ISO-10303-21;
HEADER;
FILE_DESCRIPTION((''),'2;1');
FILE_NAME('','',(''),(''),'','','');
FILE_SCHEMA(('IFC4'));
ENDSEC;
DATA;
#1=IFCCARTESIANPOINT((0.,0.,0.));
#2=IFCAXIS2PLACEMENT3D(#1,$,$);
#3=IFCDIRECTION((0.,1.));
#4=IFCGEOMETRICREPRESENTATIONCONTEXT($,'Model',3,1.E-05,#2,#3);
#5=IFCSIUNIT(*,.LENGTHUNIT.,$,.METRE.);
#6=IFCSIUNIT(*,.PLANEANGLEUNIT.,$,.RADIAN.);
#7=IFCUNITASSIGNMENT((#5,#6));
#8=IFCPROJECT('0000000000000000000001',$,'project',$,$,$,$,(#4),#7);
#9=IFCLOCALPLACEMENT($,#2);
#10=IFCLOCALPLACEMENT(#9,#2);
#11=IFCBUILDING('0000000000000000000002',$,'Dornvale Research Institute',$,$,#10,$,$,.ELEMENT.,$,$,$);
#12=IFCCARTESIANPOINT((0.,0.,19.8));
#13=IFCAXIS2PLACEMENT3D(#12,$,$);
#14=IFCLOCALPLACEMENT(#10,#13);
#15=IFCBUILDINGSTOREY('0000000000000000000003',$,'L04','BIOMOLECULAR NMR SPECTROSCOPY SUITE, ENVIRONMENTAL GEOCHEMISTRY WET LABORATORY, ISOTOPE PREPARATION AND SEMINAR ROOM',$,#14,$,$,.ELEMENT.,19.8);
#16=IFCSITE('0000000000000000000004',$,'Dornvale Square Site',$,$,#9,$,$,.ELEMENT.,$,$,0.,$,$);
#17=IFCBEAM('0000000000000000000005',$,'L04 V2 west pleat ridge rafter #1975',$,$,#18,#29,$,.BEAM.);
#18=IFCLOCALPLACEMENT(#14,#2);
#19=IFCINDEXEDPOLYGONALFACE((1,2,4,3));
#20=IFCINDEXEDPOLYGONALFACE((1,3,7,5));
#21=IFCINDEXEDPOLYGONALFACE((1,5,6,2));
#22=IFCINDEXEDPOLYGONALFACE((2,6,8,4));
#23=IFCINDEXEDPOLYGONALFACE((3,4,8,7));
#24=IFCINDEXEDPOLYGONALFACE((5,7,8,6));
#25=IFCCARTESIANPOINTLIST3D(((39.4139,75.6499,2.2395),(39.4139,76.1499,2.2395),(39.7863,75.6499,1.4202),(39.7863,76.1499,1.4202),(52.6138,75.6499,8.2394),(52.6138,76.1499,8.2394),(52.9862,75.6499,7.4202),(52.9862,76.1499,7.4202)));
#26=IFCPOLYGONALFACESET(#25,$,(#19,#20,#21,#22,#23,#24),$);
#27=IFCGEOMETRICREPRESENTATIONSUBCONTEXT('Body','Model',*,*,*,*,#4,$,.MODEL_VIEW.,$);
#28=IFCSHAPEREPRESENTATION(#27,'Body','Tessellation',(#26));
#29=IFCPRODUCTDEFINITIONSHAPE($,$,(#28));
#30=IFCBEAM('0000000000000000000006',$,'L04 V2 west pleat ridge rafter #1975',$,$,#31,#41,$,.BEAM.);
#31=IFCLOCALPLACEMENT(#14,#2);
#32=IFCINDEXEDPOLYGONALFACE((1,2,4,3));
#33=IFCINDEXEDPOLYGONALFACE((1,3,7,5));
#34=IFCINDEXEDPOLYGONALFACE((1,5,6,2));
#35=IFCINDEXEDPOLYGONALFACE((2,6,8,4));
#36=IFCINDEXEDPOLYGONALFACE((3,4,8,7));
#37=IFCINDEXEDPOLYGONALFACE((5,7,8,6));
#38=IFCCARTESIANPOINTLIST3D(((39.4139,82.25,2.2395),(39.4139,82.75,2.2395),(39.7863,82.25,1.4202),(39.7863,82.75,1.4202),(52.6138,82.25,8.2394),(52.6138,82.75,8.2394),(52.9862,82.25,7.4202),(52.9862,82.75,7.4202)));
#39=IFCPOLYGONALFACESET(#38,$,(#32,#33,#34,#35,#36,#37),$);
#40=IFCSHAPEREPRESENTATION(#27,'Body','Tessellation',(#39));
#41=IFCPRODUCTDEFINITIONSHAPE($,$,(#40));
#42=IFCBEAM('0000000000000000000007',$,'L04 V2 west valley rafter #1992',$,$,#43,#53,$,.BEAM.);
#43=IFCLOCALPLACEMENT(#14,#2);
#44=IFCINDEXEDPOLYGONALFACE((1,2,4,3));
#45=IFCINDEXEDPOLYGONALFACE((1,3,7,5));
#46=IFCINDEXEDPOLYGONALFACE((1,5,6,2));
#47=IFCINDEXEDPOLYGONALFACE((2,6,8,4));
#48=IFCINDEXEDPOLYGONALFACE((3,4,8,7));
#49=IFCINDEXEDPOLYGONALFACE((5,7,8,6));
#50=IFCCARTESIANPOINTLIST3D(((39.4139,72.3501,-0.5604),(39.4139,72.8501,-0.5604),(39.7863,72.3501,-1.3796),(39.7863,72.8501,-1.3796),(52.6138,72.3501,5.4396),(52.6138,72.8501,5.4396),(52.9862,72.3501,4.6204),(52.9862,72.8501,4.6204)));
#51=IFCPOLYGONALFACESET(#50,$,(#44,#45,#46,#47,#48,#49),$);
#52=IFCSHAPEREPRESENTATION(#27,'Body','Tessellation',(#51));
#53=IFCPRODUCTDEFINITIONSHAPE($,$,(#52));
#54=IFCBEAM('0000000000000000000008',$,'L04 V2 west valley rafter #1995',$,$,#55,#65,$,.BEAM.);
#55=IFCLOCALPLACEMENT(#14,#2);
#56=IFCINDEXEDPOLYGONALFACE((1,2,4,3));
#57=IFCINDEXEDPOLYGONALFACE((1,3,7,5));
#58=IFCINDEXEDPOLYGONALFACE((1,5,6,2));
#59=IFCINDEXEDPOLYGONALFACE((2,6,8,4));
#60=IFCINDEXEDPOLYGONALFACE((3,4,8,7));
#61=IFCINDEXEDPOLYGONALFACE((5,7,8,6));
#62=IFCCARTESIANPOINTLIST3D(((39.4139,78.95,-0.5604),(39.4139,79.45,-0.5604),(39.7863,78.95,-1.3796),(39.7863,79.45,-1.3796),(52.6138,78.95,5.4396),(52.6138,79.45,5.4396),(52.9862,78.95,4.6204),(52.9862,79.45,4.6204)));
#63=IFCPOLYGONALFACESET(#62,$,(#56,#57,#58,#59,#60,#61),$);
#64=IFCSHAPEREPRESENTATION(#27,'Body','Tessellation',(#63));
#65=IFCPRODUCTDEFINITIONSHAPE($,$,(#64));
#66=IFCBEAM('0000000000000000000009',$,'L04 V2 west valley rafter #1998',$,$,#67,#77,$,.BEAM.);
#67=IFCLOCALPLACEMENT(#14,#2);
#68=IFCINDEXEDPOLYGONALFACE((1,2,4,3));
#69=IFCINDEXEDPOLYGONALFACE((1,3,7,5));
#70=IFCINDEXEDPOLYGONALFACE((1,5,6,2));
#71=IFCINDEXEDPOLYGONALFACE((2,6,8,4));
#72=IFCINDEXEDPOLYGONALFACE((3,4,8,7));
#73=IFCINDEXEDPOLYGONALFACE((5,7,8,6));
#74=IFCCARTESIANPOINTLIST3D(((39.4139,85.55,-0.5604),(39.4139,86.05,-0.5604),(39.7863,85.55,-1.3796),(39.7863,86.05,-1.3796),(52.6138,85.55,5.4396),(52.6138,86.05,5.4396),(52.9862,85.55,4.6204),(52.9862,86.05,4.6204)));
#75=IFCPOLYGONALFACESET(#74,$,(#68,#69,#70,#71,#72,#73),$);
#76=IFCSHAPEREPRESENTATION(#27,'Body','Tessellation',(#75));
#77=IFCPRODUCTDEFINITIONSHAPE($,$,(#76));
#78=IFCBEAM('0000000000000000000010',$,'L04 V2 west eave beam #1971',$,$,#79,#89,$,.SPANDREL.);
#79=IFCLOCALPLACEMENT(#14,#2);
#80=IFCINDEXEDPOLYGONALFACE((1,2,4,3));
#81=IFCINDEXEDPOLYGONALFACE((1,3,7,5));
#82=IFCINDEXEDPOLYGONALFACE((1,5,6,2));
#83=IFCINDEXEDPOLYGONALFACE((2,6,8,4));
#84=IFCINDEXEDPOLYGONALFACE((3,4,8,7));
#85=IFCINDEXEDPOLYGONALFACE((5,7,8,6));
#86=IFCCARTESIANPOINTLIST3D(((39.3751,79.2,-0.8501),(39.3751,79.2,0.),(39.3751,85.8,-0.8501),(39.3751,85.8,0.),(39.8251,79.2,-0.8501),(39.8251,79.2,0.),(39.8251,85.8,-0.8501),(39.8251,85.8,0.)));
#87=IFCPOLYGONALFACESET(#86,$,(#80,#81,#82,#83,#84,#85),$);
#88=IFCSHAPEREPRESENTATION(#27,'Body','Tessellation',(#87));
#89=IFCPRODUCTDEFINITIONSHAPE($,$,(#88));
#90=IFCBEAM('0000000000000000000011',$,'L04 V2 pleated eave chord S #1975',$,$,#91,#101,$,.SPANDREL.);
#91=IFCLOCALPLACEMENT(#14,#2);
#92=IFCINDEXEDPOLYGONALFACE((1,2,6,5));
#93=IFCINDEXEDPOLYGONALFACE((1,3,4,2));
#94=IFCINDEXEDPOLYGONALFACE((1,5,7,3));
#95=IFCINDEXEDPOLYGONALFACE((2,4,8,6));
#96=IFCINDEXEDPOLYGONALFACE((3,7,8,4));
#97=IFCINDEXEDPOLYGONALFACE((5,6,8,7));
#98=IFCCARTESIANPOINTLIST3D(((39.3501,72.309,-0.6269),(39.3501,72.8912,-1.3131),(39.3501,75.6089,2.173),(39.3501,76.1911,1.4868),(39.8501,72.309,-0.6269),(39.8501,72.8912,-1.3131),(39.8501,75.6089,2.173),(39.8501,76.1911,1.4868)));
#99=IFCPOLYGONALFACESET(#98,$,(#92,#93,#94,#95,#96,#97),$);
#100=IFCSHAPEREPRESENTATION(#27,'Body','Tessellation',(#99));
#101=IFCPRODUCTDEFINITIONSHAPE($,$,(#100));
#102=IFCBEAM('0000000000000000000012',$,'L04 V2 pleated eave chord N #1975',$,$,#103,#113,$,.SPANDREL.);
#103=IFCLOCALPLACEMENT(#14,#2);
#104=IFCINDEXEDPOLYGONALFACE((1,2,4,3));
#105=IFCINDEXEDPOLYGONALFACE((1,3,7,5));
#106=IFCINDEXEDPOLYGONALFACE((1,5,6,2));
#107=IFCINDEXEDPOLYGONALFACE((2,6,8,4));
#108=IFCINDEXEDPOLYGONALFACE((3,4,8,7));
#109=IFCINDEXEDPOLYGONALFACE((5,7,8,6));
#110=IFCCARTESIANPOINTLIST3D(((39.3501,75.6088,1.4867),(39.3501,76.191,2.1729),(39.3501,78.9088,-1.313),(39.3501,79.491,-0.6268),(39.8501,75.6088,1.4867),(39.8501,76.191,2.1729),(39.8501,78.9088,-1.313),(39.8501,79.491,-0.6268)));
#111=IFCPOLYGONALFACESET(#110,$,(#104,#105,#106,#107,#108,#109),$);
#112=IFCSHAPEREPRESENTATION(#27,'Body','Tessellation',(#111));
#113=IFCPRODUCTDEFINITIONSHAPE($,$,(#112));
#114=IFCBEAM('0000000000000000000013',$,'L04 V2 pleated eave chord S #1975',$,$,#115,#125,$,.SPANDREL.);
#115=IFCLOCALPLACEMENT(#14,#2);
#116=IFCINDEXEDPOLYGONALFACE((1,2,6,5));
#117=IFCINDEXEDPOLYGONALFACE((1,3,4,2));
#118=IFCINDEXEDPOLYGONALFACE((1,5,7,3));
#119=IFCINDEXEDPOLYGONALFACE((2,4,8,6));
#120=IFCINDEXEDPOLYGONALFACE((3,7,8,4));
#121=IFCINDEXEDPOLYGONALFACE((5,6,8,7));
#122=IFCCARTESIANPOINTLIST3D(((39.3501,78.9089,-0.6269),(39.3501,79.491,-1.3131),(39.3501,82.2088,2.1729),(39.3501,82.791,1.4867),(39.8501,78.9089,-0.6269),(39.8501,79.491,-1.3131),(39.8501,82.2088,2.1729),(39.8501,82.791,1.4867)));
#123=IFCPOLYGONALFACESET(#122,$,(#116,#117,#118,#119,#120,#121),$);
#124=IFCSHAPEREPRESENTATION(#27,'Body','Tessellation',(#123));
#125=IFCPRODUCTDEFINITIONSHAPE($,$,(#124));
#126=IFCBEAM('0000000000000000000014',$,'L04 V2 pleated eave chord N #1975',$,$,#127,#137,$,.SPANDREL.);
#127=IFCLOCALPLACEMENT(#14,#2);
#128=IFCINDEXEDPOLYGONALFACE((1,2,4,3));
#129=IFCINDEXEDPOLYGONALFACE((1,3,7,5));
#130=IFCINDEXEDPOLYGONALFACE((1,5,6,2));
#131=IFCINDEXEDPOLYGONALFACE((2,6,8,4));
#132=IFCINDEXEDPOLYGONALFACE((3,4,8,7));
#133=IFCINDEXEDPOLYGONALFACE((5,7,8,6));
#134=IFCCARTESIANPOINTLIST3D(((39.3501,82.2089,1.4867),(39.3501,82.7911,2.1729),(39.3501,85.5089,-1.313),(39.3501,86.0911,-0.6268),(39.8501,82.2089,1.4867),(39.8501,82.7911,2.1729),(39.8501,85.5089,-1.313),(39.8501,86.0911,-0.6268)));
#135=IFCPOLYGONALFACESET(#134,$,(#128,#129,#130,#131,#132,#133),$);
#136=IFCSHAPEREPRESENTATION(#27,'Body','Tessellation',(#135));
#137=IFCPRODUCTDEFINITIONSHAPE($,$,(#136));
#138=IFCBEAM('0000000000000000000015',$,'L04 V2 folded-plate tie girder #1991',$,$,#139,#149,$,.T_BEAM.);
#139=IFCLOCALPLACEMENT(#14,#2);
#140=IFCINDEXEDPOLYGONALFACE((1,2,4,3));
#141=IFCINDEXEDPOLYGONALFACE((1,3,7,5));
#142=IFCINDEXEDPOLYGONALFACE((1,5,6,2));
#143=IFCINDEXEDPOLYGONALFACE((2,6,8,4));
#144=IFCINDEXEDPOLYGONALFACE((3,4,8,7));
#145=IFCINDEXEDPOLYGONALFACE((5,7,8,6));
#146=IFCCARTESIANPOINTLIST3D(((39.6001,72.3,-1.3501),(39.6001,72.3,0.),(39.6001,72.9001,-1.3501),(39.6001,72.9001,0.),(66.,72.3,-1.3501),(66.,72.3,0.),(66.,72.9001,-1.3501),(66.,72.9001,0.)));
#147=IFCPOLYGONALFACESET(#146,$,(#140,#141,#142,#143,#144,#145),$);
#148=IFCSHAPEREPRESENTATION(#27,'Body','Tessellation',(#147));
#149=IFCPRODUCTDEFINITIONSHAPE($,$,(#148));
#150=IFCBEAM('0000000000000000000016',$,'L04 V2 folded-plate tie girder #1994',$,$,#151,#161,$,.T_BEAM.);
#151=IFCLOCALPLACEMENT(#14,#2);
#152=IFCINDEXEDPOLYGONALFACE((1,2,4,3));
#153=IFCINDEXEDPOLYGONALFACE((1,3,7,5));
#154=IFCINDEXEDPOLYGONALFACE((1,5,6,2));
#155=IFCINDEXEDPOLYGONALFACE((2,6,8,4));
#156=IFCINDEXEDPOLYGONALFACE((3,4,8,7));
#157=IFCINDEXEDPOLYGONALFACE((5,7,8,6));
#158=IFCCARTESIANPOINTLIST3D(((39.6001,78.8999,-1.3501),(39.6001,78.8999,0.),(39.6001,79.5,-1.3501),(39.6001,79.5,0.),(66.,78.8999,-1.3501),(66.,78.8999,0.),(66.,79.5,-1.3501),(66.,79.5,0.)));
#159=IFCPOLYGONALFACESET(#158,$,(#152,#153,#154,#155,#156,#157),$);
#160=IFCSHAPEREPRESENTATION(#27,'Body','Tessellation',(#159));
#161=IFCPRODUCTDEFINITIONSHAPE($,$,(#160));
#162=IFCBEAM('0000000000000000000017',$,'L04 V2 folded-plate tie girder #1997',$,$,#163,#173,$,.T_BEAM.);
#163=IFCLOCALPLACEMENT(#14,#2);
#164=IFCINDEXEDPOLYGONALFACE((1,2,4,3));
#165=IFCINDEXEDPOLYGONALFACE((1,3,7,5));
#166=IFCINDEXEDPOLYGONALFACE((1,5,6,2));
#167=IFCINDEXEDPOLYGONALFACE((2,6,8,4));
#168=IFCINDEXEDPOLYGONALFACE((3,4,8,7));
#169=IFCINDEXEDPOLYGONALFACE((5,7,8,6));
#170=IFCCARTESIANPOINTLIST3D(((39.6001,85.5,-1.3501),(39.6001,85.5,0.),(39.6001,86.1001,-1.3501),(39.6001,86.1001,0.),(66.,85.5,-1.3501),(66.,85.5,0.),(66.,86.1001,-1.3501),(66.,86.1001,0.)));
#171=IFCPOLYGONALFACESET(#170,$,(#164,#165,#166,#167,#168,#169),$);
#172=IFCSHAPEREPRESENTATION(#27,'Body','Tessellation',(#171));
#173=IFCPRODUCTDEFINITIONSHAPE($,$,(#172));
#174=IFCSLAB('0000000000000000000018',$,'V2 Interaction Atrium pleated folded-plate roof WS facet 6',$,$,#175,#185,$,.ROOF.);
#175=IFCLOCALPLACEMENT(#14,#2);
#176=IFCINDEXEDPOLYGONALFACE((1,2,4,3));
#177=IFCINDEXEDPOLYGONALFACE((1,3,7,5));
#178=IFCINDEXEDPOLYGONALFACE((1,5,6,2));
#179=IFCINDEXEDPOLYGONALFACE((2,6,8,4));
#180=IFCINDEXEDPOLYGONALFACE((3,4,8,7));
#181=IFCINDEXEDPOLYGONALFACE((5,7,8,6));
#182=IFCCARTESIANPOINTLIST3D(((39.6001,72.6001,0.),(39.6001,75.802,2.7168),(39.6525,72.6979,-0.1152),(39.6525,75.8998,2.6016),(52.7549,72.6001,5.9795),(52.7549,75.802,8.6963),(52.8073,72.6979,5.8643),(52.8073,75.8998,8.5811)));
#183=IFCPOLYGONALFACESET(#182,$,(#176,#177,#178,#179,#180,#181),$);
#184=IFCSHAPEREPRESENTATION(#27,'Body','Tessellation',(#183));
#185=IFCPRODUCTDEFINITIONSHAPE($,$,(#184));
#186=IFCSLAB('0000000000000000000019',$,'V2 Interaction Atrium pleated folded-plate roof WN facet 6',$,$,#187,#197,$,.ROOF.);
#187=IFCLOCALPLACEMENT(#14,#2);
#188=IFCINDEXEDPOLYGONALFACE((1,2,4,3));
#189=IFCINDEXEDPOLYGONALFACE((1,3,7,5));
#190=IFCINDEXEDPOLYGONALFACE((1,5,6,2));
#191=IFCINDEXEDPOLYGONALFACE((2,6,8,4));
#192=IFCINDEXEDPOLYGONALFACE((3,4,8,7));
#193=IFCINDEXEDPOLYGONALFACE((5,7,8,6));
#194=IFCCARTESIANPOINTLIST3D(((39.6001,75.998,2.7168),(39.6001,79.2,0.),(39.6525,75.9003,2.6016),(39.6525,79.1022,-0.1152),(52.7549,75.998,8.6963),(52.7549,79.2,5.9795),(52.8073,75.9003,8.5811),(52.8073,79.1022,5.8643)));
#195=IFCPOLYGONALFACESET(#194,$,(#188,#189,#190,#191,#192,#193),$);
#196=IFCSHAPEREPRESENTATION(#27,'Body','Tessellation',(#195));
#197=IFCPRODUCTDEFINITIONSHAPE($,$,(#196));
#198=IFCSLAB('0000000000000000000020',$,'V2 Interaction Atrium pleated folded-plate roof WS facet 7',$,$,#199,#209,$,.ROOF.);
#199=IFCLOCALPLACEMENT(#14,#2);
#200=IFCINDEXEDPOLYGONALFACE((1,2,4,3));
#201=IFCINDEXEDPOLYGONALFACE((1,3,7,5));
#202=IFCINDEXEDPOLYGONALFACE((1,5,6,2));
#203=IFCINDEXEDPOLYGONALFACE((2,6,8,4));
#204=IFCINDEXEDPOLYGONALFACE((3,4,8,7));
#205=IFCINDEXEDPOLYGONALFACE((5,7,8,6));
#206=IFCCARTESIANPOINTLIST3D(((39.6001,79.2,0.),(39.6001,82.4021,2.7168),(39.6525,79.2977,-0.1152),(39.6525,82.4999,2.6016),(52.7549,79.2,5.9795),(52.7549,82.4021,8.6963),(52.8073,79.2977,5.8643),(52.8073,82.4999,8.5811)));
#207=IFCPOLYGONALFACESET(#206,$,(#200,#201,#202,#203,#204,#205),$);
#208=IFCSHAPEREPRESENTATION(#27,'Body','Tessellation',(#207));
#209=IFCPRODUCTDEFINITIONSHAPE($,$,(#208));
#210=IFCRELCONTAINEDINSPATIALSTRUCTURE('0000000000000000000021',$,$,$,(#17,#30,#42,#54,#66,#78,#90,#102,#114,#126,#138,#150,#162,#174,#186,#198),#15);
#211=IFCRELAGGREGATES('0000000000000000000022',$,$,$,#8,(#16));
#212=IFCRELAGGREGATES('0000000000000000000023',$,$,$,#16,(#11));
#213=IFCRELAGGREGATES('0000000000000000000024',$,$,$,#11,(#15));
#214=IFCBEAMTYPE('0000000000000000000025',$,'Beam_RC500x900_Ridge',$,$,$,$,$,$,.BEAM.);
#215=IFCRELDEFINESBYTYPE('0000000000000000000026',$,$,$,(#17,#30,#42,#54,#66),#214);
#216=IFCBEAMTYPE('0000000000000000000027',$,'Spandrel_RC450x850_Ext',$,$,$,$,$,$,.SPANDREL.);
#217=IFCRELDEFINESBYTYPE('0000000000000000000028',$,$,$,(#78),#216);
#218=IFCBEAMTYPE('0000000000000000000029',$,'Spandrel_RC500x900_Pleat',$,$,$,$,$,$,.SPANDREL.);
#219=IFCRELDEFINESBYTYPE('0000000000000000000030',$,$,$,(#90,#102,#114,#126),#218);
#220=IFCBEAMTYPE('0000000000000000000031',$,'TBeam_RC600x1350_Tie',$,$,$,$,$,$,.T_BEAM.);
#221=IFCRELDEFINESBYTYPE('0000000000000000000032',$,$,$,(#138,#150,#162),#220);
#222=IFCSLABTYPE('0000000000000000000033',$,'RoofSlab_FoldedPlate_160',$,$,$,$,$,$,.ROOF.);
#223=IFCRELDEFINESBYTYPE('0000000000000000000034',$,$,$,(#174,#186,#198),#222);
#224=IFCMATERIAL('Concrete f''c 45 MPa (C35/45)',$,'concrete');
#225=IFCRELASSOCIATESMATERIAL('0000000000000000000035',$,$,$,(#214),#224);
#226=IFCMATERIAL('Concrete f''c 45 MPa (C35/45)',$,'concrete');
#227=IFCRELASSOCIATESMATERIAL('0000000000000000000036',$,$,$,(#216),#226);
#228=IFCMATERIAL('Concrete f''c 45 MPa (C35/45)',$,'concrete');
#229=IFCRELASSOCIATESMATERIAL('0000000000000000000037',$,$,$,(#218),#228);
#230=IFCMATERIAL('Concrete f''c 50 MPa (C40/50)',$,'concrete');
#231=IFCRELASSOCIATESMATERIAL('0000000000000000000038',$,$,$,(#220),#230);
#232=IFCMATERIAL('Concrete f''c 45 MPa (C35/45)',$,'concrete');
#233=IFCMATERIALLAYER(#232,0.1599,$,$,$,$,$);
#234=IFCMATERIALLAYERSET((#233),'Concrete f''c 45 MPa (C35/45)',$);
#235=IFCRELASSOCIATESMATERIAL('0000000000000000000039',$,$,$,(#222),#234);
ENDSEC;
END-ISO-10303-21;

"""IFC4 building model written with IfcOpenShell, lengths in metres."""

from ifc_helpers import new_model, si_unit, direction, frame, origin, origin_2d, place, context, subcontext, project, spatial, polyline, rectangle, outline, extrude, material, layer, layer_set, material_profile, profile_set, type_object, element, save


model = new_model("IFC4")

# Units and contexts
model_context = context("Model", 3, precision=1e-05, world=origin(), true_north=direction((0.0, 1.0)))
body_context = subcontext(model_context, "Body", "Model", "MODEL_VIEW")
ifc_project = project(units=[si_unit("LENGTHUNIT", "METRE"), si_unit("PLANEANGLEUNIT", "RADIAN")], contexts=[model_context])

# Site, building, storey
site_placement = place(None, origin())
site = spatial("IfcSite", under=ifc_project, at=site_placement, Name="Dornvale Square Site", CompositionType="ELEMENT", RefElevation=0.0)
building_placement = place(site_placement, origin())
building = spatial("IfcBuilding", under=site, at=building_placement, Name="Dornvale Research Institute", CompositionType="ELEMENT")
storey_placement = place(building_placement, frame((0.0, 0.0, 19.8)))
storey = spatial("IfcBuildingStorey", under=building, at=storey_placement, Name="L04", Description="BIOMOLECULAR NMR SPECTROSCOPY SUITE, ENVIRONMENTAL GEOCHEMISTRY WET LABORATORY, ISOTOPE PREPARATION AND SEMINAR ROOM", CompositionType="ELEMENT", Elevation=19.8)

# Beams
ifc_material_1 = material(Name="Concrete f'c 45 MPa (C35/45)", Category="concrete")
ifc_material_profile_1 = material_profile(ifc_material_1, rectangle(XDim=0.5, YDim=0.8999, at=origin_2d()), Name="RC 500x900")
ifc_profile_set_1 = profile_set([ifc_material_profile_1], Name="Concrete f'c 45 MPa (C35/45)")
beam_type_1 = type_object("IfcBeamType", Name="Beam_RC500x900_Ridge", PredefinedType="BEAM", material=ifc_profile_set_1)
for number, where, z_axis, x_axis, name in (
    (1, (39.6001, 75.8999, 1.8298), (0.910366, 0.0, 0.413804), (0.0, 1.0, 0.0), "L04 V2 west pleat ridge rafter #1975"),
    (2, (39.6001, 82.5, 1.8298), (0.910366, 0.0, 0.413804), (0.0, 1.0, 0.0), "L04 V2 west pleat ridge rafter #1975"),
    (3, (39.6001, 72.6001, -0.97), (0.910366, 0.0, 0.413804), (0.0, 1.0, 0.0), "L04 V2 west valley rafter #1992"),
    (4, (39.6001, 79.2, -0.97), (0.910366, 0.0, 0.413804), (0.0, 1.0, 0.0), "L04 V2 west valley rafter #1995"),
    (5, (39.6001, 85.8, -0.97), (0.910366, 0.0, 0.413804), (0.0, 1.0, 0.0), "L04 V2 west valley rafter #1998"),
):
    element("IfcBeam", number, at=place(storey_placement, frame(where, z_axis=z_axis, x_axis=x_axis)), inside=storey, type_object=beam_type_1, Name=name, PredefinedType="BEAM", context=body_context, shape_type="SweptSolid", body=[
        extrude(rectangle(XDim=0.5, YDim=0.8999, at=origin_2d()), origin(), (0.0, 0.0, 1.0), 14.4995),
    ])
ifc_material_2 = material(Name="Concrete f'c 45 MPa (C35/45)", Category="concrete")
ifc_material_profile_2 = material_profile(ifc_material_2, rectangle(XDim=0.45, YDim=0.8501, at=origin_2d()), Name="RC 450x850")
ifc_profile_set_2 = profile_set([ifc_material_profile_2], Name="Concrete f'c 45 MPa (C35/45)")
beam_type_2 = type_object("IfcBeamType", Name="Spandrel_RC450x850_Ext", PredefinedType="SPANDREL", material=ifc_profile_set_2)
beam_placement = place(storey_placement, frame((39.6001, 79.2, -0.425), z_axis=(0.0, 1.0, 0.0), x_axis=(-1.0, 0.0, 0.0)))
element("IfcBeam", 6, at=beam_placement, inside=storey, type_object=beam_type_2, Name="L04 V2 west eave beam #1971", PredefinedType="SPANDREL", context=body_context, shape_type="SweptSolid", body=[
    extrude(rectangle(XDim=0.45, YDim=0.8501, at=origin_2d()), origin(), (0.0, 0.0, 1.0), 6.6001),
])
ifc_material_3 = material(Name="Concrete f'c 45 MPa (C35/45)", Category="concrete")
ifc_material_profile_3 = material_profile(ifc_material_3, rectangle(XDim=0.5, YDim=0.8999, at=origin_2d()), Name="RC 500x900")
ifc_profile_set_3 = profile_set([ifc_material_profile_3], Name="Concrete f'c 45 MPa (C35/45)")
beam_type_3 = type_object("IfcBeamType", Name="Spandrel_RC500x900_Pleat", PredefinedType="SPANDREL", material=ifc_profile_set_3)
for number, where, z_axis, x_axis, name in (
    (7, (39.6001, 72.6001, -0.97), (0.0, 0.762513, 0.646973), (-1.0, 0.0, 0.0), "L04 V2 pleated eave chord S #1975"),
    (8, (39.6001, 75.8999, 1.8298), (0.0, 0.762536, -0.646946), (-1.0, 0.0, 0.0), "L04 V2 pleated eave chord N #1975"),
    (9, (39.6001, 79.2, -0.97), (0.0, 0.762536, 0.646946), (-1.0, 0.0, 0.0), "L04 V2 pleated eave chord S #1975"),
    (10, (39.6001, 82.5, 1.8298), (0.0, 0.762536, -0.646946), (-1.0, 0.0, 0.0), "L04 V2 pleated eave chord N #1975"),
):
    element("IfcBeam", number, at=place(storey_placement, frame(where, z_axis=z_axis, x_axis=x_axis)), inside=storey, type_object=beam_type_3, Name=name, PredefinedType="SPANDREL", context=body_context, shape_type="SweptSolid", body=[
        extrude(rectangle(XDim=0.5, YDim=0.8999, at=origin_2d()), origin(), (0.0, 0.0, 1.0), 4.3276),
    ])
ifc_material_4 = material(Name="Concrete f'c 50 MPa (C40/50)", Category="concrete")
ifc_material_profile_4 = material_profile(ifc_material_4, rectangle(XDim=0.6001, YDim=1.3501, at=origin_2d()), Name="RC 600x1350")
ifc_profile_set_4 = profile_set([ifc_material_profile_4], Name="Concrete f'c 50 MPa (C40/50)")
beam_type_4 = type_object("IfcBeamType", Name="TBeam_RC600x1350_Tie", PredefinedType="T_BEAM", material=ifc_profile_set_4)
for number, where, z_axis, x_axis, name in (
    (11, (39.6001, 72.6001, -0.675), (1.0, 0.0, 0.0), (0.0, 1.0, 0.0), "L04 V2 folded-plate tie girder #1991"),
    (12, (39.6001, 79.2, -0.675), (1.0, 0.0, 0.0), (0.0, 1.0, 0.0), "L04 V2 folded-plate tie girder #1994"),
    (13, (39.6001, 85.8, -0.675), (1.0, 0.0, 0.0), (0.0, 1.0, 0.0), "L04 V2 folded-plate tie girder #1997"),
):
    element("IfcBeam", number, at=place(storey_placement, frame(where, z_axis=z_axis, x_axis=x_axis)), inside=storey, type_object=beam_type_4, Name=name, PredefinedType="T_BEAM", context=body_context, shape_type="SweptSolid", body=[
        extrude(rectangle(XDim=0.6001, YDim=1.3501, at=origin_2d()), origin(), (0.0, 0.0, 1.0), 26.3999),
    ])

# Slabs
ifc_material_5 = material(Name="Concrete f'c 45 MPa (C35/45)", Category="concrete")
ifc_layer_1 = layer(ifc_material_5, 0.1599)
ifc_layer_set_1 = layer_set([ifc_layer_1], Name="Concrete f'c 45 MPa (C35/45)")
slab_type = type_object("IfcSlabType", Name="RoofSlab_FoldedPlate_160", PredefinedType="ROOF", material=ifc_layer_set_1)
slab_1_placement = place(storey_placement, frame((39.6001, 72.6001, 0.0), z_axis=(-0.327484, -0.611305, 0.720459), x_axis=(0.910365, 0.0, 0.413805)))
element("IfcSlab", 14, at=slab_1_placement, inside=storey, type_object=slab_type, Name="V2 Interaction Atrium pleated folded-plate roof WS facet 6", PredefinedType="ROOF", context=body_context, shape_type="SweptSolid", body=[
    extrude(outline(polyline([(0.0, 0.0), (14.45, 0.0), (15.5742, 4.0459), (1.1242, 4.0459), (0.0, 0.0)])), origin(), (0.0, 0.0, -1.0), 0.1599),
])
slab_2_placement = place(storey_placement, frame((39.6001, 75.998, 2.7168), z_axis=(-0.327484, 0.611305, 0.720459), x_axis=(0.910365, 0.0, 0.413805)))
element("IfcSlab", 15, at=slab_2_placement, inside=storey, type_object=slab_type, Name="V2 Interaction Atrium pleated folded-plate roof WN facet 6", PredefinedType="ROOF", context=body_context, shape_type="SweptSolid", body=[
    extrude(outline(polyline([(0.0, 0.0), (14.45, 0.0), (13.3258, 4.0459), (-1.1242, 4.0459), (0.0, 0.0)])), origin(), (0.0, 0.0, -1.0), 0.1599),
])
slab_3_placement = place(storey_placement, frame((39.6001, 79.2, 0.0), z_axis=(-0.327493, -0.611276, 0.720479), x_axis=(0.910365, 0.0, 0.413805)))
element("IfcSlab", 16, at=slab_3_placement, inside=storey, type_object=slab_type, Name="V2 Interaction Atrium pleated folded-plate roof WS facet 7", PredefinedType="ROOF", context=body_context, shape_type="SweptSolid", body=[
    extrude(outline(polyline([(0.0, 0.0), (14.45, 0.0), (15.5742, 4.0461), (1.1242, 4.0461), (0.0, 0.0)])), origin(), (0.0, 0.0, -1.0), 0.1599),
])

save(model, "model.ifc")
